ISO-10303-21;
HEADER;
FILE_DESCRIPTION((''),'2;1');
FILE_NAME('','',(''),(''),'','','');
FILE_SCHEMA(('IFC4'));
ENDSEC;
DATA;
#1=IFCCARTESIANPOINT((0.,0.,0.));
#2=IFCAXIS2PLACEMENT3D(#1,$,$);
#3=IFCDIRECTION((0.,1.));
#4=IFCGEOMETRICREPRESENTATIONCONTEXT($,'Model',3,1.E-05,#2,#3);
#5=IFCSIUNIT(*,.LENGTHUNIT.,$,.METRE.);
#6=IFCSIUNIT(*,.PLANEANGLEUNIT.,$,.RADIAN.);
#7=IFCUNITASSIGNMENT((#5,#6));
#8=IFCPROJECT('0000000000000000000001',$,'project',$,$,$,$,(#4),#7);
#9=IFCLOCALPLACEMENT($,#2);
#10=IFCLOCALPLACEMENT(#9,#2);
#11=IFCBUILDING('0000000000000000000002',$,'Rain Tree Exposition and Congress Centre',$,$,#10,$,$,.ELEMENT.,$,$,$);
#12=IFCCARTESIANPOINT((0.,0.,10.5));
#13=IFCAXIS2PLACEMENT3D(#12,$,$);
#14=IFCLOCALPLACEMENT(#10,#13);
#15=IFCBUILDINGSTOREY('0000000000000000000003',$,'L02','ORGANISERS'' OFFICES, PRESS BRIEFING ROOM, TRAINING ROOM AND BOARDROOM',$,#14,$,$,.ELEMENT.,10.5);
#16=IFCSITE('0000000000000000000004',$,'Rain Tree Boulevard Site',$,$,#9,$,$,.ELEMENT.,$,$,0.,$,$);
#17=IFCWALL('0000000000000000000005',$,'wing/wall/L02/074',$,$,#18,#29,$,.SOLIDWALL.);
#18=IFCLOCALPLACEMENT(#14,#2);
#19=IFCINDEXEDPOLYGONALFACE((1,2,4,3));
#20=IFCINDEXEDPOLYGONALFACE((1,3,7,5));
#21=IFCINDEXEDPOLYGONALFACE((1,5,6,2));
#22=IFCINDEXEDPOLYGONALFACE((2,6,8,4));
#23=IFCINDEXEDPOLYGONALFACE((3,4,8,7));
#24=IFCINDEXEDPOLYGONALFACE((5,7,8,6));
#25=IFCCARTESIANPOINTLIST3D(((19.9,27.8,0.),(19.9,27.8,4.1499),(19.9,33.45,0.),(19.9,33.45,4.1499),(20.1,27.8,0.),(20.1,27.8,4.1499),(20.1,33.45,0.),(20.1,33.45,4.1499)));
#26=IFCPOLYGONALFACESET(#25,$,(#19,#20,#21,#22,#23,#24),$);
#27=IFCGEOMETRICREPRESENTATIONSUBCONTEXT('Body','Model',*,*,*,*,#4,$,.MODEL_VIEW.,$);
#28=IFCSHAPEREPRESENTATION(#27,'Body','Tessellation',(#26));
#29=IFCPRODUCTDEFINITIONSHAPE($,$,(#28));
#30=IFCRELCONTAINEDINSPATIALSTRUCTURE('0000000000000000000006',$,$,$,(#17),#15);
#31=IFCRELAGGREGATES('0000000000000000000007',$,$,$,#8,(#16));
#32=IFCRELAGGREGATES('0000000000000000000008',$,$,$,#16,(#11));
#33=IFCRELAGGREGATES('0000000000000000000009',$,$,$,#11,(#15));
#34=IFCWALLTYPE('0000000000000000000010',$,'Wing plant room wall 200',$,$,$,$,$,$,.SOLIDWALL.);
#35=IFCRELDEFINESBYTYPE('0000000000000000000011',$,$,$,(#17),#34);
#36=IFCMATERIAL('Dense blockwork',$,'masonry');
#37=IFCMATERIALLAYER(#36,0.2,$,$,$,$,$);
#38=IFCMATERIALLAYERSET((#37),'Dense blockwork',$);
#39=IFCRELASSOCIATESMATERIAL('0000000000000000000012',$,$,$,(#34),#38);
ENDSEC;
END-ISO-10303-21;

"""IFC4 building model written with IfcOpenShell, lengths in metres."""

from ifc_helpers import new_model, si_unit, direction, frame, frame_2d, origin, place, context, subcontext, project, spatial, rectangle, extrude, material, layer, layer_set, type_object, element, save


model = new_model("IFC4")

# Units and contexts
model_context = context("Model", 3, precision=1e-05, world=origin(), true_north=direction((0.0, 1.0)))
body_context = subcontext(model_context, "Body", "Model", "MODEL_VIEW")
ifc_project = project(units=[si_unit("LENGTHUNIT", "METRE"), si_unit("PLANEANGLEUNIT", "RADIAN")], contexts=[model_context])

# Site, building, storey
site_placement = place(None, origin())
site = spatial("IfcSite", under=ifc_project, at=site_placement, Name="Rain Tree Boulevard Site", CompositionType="ELEMENT", RefElevation=0.0)
building_placement = place(site_placement, origin())
building = spatial("IfcBuilding", under=site, at=building_placement, Name="Rain Tree Exposition and Congress Centre", CompositionType="ELEMENT")
storey_placement = place(building_placement, frame((0.0, 0.0, 10.5)))
storey = spatial("IfcBuildingStorey", under=building, at=storey_placement, Name="L02", Description="ORGANISERS' OFFICES, PRESS BRIEFING ROOM, TRAINING ROOM AND BOARDROOM", CompositionType="ELEMENT", Elevation=10.5)

# Wall
ifc_material_1 = material(Name="Dense blockwork", Category="masonry")
ifc_layer_1 = layer(ifc_material_1, 0.2)
ifc_layer_set_1 = layer_set([ifc_layer_1], Name="Dense blockwork")
wall_type_1 = type_object("IfcWallType", Name="Wing plant room wall 200", PredefinedType="SOLIDWALL", material=ifc_layer_set_1)
wall_1_placement = place(storey_placement, frame((20.0, 27.8, 0.0), z_axis=(0.0, 0.0, 1.0), x_axis=(0.0, 1.0, 0.0)))
element("IfcWall", 1, at=wall_1_placement, inside=storey, type_object=wall_type_1, Name="wing/wall/L02/074", PredefinedType="SOLIDWALL", context=body_context, shape_type="SweptSolid", body=[
    extrude(rectangle(XDim=5.6499, YDim=0.2, at=frame_2d((2.825, 0.0))), origin(), (0.0, 0.0, 1.0), 4.1499),
])

save(model, "model.ifc")
